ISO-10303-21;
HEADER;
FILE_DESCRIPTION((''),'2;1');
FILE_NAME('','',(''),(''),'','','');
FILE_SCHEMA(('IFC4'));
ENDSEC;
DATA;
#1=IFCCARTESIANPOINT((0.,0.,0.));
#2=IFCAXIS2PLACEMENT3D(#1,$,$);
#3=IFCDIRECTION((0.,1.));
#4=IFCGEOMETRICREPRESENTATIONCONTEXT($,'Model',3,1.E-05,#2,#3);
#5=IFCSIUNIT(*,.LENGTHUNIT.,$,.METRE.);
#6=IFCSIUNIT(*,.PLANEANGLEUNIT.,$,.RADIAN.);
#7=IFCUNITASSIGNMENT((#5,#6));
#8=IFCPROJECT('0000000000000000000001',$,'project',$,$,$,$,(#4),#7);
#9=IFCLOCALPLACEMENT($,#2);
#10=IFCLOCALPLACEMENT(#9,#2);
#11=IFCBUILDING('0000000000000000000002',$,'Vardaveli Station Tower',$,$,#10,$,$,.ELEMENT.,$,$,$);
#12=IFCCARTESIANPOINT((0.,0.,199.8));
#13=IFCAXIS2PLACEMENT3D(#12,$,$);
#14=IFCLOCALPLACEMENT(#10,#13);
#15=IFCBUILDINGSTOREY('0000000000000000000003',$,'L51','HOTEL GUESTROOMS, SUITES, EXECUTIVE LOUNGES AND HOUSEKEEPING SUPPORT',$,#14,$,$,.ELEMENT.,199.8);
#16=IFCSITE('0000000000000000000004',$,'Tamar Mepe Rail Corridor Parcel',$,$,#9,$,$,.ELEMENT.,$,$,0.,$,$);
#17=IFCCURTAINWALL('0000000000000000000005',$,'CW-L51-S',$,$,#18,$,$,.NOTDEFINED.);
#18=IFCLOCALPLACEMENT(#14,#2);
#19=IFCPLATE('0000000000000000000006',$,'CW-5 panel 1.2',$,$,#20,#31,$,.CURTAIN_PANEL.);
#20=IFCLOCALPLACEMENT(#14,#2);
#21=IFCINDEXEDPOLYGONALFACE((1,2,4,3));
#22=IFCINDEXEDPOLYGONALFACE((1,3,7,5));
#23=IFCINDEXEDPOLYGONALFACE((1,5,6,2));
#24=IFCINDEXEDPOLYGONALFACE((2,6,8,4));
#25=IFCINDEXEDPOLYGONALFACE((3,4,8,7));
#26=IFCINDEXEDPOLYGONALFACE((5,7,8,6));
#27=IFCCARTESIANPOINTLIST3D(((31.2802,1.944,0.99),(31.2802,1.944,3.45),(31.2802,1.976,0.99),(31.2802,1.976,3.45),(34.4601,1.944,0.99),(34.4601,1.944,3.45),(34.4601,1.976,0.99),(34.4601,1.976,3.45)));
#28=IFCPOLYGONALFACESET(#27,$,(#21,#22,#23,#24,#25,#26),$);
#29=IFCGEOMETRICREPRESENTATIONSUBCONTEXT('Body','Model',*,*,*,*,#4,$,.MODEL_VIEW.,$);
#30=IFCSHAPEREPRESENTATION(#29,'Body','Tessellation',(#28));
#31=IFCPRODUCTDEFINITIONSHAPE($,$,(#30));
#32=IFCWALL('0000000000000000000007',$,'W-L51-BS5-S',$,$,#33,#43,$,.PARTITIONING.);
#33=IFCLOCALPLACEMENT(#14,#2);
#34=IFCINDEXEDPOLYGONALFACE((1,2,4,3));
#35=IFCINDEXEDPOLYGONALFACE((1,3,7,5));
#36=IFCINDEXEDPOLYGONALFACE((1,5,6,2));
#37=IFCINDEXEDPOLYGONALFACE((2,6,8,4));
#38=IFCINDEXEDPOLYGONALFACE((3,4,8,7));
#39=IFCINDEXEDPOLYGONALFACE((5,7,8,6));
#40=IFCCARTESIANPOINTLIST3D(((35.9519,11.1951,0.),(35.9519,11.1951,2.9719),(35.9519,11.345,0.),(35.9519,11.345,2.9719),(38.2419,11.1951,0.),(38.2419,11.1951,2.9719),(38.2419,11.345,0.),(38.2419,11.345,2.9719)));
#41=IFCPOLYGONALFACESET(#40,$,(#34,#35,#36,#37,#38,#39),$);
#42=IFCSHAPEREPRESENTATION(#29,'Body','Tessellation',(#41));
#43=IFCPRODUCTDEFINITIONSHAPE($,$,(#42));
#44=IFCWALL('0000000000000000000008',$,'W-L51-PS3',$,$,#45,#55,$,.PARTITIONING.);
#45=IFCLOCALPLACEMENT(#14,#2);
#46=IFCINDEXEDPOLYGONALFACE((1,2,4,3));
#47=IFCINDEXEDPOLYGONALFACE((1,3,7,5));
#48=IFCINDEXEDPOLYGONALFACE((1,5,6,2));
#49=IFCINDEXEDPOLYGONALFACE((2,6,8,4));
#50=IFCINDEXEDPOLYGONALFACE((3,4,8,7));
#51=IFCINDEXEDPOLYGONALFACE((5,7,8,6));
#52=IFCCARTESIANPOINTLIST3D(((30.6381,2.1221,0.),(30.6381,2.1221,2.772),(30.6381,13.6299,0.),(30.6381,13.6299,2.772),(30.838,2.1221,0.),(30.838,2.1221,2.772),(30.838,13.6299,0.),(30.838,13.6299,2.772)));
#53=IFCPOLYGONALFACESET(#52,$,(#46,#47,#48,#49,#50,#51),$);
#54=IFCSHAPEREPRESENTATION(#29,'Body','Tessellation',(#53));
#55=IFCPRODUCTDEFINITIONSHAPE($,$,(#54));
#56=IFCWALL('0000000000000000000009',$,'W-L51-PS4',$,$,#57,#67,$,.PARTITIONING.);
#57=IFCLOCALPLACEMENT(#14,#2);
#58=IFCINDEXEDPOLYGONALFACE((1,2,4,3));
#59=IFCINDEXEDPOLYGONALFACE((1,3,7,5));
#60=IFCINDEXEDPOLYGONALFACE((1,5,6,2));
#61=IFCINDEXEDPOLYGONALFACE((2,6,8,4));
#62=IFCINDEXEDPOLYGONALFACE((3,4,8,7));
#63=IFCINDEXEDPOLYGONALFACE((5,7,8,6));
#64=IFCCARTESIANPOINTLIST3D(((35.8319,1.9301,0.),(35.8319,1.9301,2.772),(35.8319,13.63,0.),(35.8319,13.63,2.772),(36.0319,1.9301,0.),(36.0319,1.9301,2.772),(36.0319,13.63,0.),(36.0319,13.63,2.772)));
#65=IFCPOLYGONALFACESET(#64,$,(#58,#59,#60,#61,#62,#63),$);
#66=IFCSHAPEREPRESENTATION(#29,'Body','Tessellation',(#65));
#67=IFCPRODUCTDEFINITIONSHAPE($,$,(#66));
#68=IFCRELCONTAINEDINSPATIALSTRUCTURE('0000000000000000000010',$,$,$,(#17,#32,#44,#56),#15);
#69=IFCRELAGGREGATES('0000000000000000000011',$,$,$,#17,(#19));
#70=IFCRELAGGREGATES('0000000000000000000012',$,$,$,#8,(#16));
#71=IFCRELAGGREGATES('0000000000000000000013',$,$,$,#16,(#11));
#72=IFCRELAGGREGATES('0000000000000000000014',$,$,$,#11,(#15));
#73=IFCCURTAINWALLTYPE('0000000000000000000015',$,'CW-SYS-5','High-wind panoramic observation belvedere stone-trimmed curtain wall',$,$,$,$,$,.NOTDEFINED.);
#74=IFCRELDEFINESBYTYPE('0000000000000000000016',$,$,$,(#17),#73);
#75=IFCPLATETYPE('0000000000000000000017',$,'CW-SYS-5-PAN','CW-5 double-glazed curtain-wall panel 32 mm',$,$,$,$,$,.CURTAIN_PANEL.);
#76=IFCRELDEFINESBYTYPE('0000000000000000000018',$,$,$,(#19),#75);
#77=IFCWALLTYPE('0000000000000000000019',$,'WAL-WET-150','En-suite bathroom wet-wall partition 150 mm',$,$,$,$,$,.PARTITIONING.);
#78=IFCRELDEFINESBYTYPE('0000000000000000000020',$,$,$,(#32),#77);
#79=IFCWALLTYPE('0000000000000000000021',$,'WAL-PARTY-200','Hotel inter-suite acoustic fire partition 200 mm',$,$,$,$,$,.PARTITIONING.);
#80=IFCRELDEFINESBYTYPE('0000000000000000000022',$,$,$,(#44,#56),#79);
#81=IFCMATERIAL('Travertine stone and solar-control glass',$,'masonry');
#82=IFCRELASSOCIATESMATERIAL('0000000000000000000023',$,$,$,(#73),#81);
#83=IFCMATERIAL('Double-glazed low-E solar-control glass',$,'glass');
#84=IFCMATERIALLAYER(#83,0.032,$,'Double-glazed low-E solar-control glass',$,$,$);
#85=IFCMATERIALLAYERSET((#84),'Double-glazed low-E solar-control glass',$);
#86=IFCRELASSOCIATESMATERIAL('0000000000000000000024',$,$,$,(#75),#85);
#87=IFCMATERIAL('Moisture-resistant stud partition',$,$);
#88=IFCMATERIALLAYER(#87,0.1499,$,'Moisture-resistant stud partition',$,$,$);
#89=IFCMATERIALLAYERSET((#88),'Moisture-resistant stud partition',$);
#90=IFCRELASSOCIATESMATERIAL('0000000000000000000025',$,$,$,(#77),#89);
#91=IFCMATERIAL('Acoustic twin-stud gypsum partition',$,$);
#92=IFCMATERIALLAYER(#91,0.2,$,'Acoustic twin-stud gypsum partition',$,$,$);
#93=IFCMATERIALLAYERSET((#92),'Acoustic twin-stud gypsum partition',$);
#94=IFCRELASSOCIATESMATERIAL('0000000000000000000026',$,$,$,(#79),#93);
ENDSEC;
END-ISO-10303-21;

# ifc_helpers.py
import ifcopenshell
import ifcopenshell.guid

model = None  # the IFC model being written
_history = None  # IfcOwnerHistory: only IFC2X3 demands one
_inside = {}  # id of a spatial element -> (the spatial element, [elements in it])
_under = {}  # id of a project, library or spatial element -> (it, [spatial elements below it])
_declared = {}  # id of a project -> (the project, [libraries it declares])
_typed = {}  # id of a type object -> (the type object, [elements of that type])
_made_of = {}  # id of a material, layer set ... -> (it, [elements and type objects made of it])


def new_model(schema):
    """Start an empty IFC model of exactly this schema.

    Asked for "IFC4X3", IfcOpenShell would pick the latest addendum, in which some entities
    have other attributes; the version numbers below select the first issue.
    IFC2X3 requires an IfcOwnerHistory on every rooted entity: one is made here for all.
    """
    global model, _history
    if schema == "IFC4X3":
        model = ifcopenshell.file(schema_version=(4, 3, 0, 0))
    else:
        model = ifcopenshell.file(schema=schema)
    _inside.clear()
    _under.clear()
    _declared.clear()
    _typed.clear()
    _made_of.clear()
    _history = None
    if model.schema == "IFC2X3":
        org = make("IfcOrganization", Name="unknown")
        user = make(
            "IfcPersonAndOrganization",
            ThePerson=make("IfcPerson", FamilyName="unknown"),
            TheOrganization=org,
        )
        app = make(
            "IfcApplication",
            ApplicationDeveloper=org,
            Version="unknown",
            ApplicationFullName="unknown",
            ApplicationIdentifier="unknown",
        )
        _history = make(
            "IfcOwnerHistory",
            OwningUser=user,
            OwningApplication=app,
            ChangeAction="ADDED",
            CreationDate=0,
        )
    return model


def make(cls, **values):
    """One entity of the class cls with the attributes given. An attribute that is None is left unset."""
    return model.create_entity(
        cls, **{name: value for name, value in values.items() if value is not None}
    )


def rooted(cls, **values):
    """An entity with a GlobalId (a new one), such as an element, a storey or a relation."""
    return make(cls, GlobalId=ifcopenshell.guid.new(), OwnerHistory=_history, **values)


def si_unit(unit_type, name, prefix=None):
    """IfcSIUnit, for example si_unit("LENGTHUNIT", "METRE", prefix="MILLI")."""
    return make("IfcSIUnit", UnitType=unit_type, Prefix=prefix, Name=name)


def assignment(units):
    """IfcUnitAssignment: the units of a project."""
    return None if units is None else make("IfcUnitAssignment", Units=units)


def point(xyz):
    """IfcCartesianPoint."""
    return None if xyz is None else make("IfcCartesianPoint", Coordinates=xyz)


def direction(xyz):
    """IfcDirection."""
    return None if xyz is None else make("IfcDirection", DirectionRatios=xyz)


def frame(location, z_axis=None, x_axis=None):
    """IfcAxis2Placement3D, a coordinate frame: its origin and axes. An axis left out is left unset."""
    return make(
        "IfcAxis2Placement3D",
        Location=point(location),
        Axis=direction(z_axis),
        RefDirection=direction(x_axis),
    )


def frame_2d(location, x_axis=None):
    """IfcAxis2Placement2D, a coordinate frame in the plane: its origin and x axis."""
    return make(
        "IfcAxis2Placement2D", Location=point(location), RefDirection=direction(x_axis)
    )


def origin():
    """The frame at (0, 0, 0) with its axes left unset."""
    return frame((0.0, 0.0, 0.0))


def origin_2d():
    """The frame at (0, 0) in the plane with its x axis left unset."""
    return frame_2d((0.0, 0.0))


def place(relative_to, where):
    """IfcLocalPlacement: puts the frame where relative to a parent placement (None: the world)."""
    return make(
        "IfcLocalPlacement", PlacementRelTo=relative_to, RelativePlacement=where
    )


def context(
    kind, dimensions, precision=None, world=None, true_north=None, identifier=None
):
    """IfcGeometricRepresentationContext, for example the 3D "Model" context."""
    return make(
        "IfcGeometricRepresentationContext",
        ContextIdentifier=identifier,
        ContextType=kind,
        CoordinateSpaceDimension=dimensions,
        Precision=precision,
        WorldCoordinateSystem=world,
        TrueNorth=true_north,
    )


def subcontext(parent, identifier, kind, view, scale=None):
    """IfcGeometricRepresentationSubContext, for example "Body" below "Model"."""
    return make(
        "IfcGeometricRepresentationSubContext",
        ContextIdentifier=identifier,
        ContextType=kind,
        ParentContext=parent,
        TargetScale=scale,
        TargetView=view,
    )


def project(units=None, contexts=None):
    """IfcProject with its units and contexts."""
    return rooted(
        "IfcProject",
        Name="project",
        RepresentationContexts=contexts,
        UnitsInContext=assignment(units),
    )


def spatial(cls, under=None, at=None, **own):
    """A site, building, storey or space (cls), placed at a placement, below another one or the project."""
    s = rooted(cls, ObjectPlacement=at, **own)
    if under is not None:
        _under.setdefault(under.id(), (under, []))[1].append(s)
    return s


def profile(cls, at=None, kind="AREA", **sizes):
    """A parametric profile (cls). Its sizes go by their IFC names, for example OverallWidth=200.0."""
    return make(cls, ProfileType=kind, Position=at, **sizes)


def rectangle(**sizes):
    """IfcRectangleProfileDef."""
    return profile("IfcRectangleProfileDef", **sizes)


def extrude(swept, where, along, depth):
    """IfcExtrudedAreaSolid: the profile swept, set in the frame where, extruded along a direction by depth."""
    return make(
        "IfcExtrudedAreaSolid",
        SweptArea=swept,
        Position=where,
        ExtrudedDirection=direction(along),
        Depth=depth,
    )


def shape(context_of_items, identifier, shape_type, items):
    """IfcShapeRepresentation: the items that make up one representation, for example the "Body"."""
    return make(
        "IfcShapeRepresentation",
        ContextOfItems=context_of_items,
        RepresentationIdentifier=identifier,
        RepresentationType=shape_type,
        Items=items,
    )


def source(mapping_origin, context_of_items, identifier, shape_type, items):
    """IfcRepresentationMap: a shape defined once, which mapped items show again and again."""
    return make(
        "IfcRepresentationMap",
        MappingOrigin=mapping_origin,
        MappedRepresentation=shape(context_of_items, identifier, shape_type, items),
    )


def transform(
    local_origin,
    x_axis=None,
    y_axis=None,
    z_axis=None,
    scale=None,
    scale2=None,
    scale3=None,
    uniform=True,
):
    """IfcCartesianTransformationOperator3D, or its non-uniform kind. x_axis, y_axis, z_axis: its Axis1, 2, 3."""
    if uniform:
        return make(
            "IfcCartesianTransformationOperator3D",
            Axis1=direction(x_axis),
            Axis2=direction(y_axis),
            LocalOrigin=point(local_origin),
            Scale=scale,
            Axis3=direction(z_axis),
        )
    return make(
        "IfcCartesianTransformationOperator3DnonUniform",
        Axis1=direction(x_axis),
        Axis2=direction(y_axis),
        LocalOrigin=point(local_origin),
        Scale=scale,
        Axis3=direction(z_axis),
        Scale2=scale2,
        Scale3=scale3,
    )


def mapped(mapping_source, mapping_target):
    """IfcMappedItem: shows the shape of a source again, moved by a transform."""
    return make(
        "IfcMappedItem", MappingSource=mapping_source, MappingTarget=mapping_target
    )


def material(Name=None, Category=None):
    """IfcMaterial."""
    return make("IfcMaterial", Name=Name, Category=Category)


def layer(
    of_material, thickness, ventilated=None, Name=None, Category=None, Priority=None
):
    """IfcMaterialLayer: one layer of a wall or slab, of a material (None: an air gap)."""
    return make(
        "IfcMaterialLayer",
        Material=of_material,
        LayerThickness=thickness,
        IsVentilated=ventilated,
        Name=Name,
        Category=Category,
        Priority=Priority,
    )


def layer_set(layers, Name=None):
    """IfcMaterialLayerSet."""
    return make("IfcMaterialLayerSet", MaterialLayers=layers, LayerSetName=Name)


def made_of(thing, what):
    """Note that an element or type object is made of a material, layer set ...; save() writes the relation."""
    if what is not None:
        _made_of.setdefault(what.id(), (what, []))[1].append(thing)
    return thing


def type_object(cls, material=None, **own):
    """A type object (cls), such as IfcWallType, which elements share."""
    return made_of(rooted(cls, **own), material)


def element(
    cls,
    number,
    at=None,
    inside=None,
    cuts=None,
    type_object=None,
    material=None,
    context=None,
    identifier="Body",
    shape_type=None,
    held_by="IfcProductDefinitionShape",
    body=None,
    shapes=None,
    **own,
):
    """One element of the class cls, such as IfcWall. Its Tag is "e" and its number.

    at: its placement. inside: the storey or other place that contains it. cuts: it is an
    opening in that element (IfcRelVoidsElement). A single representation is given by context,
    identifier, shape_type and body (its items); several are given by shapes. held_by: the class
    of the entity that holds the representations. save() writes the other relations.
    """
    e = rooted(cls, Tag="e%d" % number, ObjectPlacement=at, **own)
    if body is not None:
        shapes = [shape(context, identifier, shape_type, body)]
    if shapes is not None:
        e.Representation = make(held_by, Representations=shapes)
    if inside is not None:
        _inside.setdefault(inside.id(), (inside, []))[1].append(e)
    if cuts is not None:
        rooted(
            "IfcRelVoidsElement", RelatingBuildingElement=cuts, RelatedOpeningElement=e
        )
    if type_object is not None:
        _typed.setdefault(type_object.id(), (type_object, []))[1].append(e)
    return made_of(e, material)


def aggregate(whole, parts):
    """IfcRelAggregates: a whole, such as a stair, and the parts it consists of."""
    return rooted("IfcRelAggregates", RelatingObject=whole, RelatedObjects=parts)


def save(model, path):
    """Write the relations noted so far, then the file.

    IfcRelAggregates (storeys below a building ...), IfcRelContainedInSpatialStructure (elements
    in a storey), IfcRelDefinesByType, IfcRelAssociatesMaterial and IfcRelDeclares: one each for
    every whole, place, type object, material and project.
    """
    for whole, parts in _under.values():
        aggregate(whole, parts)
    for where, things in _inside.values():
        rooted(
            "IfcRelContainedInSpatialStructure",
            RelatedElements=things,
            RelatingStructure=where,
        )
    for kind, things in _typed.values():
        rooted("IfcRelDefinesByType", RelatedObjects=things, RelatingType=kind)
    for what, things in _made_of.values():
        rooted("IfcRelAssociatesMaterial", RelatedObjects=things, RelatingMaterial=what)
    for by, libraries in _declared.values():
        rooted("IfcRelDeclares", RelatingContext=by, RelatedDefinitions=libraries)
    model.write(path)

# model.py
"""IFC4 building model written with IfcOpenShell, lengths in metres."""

from ifc_helpers import new_model, si_unit, direction, frame, frame_2d, origin, origin_2d, place, context, subcontext, project, spatial, rectangle, extrude, source, transform, mapped, material, layer, layer_set, type_object, element, aggregate, save


model = new_model("IFC4")

# Units and contexts
model_context = context("Model", 3, precision=1e-05, world=origin(), true_north=direction((0.0, 1.0)))
body_context = subcontext(model_context, "Body", "Model", "MODEL_VIEW")
ifc_project = project(units=[si_unit("LENGTHUNIT", "METRE"), si_unit("PLANEANGLEUNIT", "RADIAN")], contexts=[model_context])

# Site, building, storey
site_placement = place(None, origin())
site = spatial("IfcSite", under=ifc_project, at=site_placement, Name="Tamar Mepe Rail Corridor Parcel", CompositionType="ELEMENT", RefElevation=0.0)
building_placement = place(site_placement, origin())
building = spatial("IfcBuilding", under=site, at=building_placement, Name="Vardaveli Station Tower", CompositionType="ELEMENT")
storey_placement = place(building_placement, frame((0.0, 0.0, 199.8)))
storey = spatial("IfcBuildingStorey", under=building, at=storey_placement, Name="L51", Description="HOTEL GUESTROOMS, SUITES, EXECUTIVE LOUNGES AND HOUSEKEEPING SUPPORT", CompositionType="ELEMENT", Elevation=199.8)

# Curtain wall, plate
ifc_material_1 = material(Name="Travertine stone and solar-control glass", Category="masonry")
curtain_wall_type = type_object("IfcCurtainWallType", Name="CW-SYS-5", Description="High-wind panoramic observation belvedere stone-trimmed curtain wall", PredefinedType="NOTDEFINED", material=ifc_material_1)
curtain_wall_placement = place(storey_placement, origin())
curtain_wall = element("IfcCurtainWall", 1, at=curtain_wall_placement, inside=storey, type_object=curtain_wall_type, Name="CW-L51-S", PredefinedType="NOTDEFINED")
ifc_material_2 = material(Name="Double-glazed low-E solar-control glass", Category="glass")
ifc_layer_1 = layer(ifc_material_2, 0.032, Name="Double-glazed low-E solar-control glass")
ifc_layer_set_1 = layer_set([ifc_layer_1], Name="Double-glazed low-E solar-control glass")
plate_type = type_object("IfcPlateType", Name="CW-SYS-5-PAN", Description="CW-5 double-glazed curtain-wall panel 32 mm", PredefinedType="CURTAIN_PANEL", material=ifc_layer_set_1)
shared_shape_1 = source(origin(), body_context, "Body", "SweptSolid", [
    extrude(rectangle(XDim=3.1799, YDim=0.032, at=origin_2d()), origin(), (0.0, 0.0, 1.0), 2.46),
])
plate_1_placement = place(storey_placement, frame((32.8701, 1.96, 0.99), z_axis=(0.0, 0.0, 1.0), x_axis=(1.0, 0.0, 0.0)))
plate_1 = element("IfcPlate", 2, at=plate_1_placement, type_object=plate_type, Name="CW-5 panel 1.2", PredefinedType="CURTAIN_PANEL", context=body_context, shape_type="MappedRepresentation", body=[
    mapped(shared_shape_1, transform((0.0, 0.0, 0.0), scale=1.0)),
])
aggregate(curtain_wall, [plate_1])

# Walls
ifc_material_3 = material(Name="Moisture-resistant stud partition")
ifc_layer_2 = layer(ifc_material_3, 0.1499, Name="Moisture-resistant stud partition")
ifc_layer_set_2 = layer_set([ifc_layer_2], Name="Moisture-resistant stud partition")
wall_type_1 = type_object("IfcWallType", Name="WAL-WET-150", Description="En-suite bathroom wet-wall partition 150 mm", PredefinedType="PARTITIONING", material=ifc_layer_set_2)
shared_shape_2 = source(origin(), body_context, "Body", "SweptSolid", [
    extrude(rectangle(XDim=2.29, YDim=0.1499, at=frame_2d((1.145, 0.0))), origin(), (0.0, 0.0, 1.0), 2.9719),
])
wall_1_placement = place(storey_placement, frame((35.9519, 11.27, 0.0), z_axis=(0.0, 0.0, 1.0), x_axis=(1.0, 0.0, 0.0)))
element("IfcWall", 3, at=wall_1_placement, inside=storey, type_object=wall_type_1, Name="W-L51-BS5-S", PredefinedType="PARTITIONING", context=body_context, shape_type="MappedRepresentation", body=[
    mapped(shared_shape_2, transform((0.0, 0.0, 0.0), scale=1.0)),
])
ifc_material_4 = material(Name="Acoustic twin-stud gypsum partition")
ifc_layer_3 = layer(ifc_material_4, 0.2, Name="Acoustic twin-stud gypsum partition")
ifc_layer_set_3 = layer_set([ifc_layer_3], Name="Acoustic twin-stud gypsum partition")
wall_type_2 = type_object("IfcWallType", Name="WAL-PARTY-200", Description="Hotel inter-suite acoustic fire partition 200 mm", PredefinedType="PARTITIONING", material=ifc_layer_set_3)
shared_shape_3 = source(origin(), body_context, "Body", "SweptSolid", [
    extrude(rectangle(XDim=11.5078, YDim=0.2, at=frame_2d((5.7539, 0.0))), origin(), (0.0, 0.0, 1.0), 2.772),
])
wall_2_placement = place(storey_placement, frame((30.738, 2.1221, 0.0), z_axis=(0.0, 0.0, 1.0), x_axis=(0.0, 1.0, 0.0)))
element("IfcWall", 4, at=wall_2_placement, inside=storey, type_object=wall_type_2, Name="W-L51-PS3", PredefinedType="PARTITIONING", context=body_context, shape_type="MappedRepresentation", body=[
    mapped(shared_shape_3, transform((0.0, 0.0, 0.0), scale=1.0)),
])
shared_shape_4 = source(origin(), body_context, "Body", "SweptSolid", [
    extrude(rectangle(XDim=11.7, YDim=0.2, at=frame_2d((5.8501, 0.0))), origin(), (0.0, 0.0, 1.0), 2.772),
])
wall_3_placement = place(storey_placement, frame((35.9319, 1.9299, 0.0), z_axis=(0.0, 0.0, 1.0), x_axis=(0.0, 1.0, 0.0)))
element("IfcWall", 5, at=wall_3_placement, inside=storey, type_object=wall_type_2, Name="W-L51-PS4", PredefinedType="PARTITIONING", context=body_context, shape_type="MappedRepresentation", body=[
    mapped(shared_shape_4, transform((0.0, 0.0, 0.0), scale=1.0)),
])

save(model, "model.ifc")
